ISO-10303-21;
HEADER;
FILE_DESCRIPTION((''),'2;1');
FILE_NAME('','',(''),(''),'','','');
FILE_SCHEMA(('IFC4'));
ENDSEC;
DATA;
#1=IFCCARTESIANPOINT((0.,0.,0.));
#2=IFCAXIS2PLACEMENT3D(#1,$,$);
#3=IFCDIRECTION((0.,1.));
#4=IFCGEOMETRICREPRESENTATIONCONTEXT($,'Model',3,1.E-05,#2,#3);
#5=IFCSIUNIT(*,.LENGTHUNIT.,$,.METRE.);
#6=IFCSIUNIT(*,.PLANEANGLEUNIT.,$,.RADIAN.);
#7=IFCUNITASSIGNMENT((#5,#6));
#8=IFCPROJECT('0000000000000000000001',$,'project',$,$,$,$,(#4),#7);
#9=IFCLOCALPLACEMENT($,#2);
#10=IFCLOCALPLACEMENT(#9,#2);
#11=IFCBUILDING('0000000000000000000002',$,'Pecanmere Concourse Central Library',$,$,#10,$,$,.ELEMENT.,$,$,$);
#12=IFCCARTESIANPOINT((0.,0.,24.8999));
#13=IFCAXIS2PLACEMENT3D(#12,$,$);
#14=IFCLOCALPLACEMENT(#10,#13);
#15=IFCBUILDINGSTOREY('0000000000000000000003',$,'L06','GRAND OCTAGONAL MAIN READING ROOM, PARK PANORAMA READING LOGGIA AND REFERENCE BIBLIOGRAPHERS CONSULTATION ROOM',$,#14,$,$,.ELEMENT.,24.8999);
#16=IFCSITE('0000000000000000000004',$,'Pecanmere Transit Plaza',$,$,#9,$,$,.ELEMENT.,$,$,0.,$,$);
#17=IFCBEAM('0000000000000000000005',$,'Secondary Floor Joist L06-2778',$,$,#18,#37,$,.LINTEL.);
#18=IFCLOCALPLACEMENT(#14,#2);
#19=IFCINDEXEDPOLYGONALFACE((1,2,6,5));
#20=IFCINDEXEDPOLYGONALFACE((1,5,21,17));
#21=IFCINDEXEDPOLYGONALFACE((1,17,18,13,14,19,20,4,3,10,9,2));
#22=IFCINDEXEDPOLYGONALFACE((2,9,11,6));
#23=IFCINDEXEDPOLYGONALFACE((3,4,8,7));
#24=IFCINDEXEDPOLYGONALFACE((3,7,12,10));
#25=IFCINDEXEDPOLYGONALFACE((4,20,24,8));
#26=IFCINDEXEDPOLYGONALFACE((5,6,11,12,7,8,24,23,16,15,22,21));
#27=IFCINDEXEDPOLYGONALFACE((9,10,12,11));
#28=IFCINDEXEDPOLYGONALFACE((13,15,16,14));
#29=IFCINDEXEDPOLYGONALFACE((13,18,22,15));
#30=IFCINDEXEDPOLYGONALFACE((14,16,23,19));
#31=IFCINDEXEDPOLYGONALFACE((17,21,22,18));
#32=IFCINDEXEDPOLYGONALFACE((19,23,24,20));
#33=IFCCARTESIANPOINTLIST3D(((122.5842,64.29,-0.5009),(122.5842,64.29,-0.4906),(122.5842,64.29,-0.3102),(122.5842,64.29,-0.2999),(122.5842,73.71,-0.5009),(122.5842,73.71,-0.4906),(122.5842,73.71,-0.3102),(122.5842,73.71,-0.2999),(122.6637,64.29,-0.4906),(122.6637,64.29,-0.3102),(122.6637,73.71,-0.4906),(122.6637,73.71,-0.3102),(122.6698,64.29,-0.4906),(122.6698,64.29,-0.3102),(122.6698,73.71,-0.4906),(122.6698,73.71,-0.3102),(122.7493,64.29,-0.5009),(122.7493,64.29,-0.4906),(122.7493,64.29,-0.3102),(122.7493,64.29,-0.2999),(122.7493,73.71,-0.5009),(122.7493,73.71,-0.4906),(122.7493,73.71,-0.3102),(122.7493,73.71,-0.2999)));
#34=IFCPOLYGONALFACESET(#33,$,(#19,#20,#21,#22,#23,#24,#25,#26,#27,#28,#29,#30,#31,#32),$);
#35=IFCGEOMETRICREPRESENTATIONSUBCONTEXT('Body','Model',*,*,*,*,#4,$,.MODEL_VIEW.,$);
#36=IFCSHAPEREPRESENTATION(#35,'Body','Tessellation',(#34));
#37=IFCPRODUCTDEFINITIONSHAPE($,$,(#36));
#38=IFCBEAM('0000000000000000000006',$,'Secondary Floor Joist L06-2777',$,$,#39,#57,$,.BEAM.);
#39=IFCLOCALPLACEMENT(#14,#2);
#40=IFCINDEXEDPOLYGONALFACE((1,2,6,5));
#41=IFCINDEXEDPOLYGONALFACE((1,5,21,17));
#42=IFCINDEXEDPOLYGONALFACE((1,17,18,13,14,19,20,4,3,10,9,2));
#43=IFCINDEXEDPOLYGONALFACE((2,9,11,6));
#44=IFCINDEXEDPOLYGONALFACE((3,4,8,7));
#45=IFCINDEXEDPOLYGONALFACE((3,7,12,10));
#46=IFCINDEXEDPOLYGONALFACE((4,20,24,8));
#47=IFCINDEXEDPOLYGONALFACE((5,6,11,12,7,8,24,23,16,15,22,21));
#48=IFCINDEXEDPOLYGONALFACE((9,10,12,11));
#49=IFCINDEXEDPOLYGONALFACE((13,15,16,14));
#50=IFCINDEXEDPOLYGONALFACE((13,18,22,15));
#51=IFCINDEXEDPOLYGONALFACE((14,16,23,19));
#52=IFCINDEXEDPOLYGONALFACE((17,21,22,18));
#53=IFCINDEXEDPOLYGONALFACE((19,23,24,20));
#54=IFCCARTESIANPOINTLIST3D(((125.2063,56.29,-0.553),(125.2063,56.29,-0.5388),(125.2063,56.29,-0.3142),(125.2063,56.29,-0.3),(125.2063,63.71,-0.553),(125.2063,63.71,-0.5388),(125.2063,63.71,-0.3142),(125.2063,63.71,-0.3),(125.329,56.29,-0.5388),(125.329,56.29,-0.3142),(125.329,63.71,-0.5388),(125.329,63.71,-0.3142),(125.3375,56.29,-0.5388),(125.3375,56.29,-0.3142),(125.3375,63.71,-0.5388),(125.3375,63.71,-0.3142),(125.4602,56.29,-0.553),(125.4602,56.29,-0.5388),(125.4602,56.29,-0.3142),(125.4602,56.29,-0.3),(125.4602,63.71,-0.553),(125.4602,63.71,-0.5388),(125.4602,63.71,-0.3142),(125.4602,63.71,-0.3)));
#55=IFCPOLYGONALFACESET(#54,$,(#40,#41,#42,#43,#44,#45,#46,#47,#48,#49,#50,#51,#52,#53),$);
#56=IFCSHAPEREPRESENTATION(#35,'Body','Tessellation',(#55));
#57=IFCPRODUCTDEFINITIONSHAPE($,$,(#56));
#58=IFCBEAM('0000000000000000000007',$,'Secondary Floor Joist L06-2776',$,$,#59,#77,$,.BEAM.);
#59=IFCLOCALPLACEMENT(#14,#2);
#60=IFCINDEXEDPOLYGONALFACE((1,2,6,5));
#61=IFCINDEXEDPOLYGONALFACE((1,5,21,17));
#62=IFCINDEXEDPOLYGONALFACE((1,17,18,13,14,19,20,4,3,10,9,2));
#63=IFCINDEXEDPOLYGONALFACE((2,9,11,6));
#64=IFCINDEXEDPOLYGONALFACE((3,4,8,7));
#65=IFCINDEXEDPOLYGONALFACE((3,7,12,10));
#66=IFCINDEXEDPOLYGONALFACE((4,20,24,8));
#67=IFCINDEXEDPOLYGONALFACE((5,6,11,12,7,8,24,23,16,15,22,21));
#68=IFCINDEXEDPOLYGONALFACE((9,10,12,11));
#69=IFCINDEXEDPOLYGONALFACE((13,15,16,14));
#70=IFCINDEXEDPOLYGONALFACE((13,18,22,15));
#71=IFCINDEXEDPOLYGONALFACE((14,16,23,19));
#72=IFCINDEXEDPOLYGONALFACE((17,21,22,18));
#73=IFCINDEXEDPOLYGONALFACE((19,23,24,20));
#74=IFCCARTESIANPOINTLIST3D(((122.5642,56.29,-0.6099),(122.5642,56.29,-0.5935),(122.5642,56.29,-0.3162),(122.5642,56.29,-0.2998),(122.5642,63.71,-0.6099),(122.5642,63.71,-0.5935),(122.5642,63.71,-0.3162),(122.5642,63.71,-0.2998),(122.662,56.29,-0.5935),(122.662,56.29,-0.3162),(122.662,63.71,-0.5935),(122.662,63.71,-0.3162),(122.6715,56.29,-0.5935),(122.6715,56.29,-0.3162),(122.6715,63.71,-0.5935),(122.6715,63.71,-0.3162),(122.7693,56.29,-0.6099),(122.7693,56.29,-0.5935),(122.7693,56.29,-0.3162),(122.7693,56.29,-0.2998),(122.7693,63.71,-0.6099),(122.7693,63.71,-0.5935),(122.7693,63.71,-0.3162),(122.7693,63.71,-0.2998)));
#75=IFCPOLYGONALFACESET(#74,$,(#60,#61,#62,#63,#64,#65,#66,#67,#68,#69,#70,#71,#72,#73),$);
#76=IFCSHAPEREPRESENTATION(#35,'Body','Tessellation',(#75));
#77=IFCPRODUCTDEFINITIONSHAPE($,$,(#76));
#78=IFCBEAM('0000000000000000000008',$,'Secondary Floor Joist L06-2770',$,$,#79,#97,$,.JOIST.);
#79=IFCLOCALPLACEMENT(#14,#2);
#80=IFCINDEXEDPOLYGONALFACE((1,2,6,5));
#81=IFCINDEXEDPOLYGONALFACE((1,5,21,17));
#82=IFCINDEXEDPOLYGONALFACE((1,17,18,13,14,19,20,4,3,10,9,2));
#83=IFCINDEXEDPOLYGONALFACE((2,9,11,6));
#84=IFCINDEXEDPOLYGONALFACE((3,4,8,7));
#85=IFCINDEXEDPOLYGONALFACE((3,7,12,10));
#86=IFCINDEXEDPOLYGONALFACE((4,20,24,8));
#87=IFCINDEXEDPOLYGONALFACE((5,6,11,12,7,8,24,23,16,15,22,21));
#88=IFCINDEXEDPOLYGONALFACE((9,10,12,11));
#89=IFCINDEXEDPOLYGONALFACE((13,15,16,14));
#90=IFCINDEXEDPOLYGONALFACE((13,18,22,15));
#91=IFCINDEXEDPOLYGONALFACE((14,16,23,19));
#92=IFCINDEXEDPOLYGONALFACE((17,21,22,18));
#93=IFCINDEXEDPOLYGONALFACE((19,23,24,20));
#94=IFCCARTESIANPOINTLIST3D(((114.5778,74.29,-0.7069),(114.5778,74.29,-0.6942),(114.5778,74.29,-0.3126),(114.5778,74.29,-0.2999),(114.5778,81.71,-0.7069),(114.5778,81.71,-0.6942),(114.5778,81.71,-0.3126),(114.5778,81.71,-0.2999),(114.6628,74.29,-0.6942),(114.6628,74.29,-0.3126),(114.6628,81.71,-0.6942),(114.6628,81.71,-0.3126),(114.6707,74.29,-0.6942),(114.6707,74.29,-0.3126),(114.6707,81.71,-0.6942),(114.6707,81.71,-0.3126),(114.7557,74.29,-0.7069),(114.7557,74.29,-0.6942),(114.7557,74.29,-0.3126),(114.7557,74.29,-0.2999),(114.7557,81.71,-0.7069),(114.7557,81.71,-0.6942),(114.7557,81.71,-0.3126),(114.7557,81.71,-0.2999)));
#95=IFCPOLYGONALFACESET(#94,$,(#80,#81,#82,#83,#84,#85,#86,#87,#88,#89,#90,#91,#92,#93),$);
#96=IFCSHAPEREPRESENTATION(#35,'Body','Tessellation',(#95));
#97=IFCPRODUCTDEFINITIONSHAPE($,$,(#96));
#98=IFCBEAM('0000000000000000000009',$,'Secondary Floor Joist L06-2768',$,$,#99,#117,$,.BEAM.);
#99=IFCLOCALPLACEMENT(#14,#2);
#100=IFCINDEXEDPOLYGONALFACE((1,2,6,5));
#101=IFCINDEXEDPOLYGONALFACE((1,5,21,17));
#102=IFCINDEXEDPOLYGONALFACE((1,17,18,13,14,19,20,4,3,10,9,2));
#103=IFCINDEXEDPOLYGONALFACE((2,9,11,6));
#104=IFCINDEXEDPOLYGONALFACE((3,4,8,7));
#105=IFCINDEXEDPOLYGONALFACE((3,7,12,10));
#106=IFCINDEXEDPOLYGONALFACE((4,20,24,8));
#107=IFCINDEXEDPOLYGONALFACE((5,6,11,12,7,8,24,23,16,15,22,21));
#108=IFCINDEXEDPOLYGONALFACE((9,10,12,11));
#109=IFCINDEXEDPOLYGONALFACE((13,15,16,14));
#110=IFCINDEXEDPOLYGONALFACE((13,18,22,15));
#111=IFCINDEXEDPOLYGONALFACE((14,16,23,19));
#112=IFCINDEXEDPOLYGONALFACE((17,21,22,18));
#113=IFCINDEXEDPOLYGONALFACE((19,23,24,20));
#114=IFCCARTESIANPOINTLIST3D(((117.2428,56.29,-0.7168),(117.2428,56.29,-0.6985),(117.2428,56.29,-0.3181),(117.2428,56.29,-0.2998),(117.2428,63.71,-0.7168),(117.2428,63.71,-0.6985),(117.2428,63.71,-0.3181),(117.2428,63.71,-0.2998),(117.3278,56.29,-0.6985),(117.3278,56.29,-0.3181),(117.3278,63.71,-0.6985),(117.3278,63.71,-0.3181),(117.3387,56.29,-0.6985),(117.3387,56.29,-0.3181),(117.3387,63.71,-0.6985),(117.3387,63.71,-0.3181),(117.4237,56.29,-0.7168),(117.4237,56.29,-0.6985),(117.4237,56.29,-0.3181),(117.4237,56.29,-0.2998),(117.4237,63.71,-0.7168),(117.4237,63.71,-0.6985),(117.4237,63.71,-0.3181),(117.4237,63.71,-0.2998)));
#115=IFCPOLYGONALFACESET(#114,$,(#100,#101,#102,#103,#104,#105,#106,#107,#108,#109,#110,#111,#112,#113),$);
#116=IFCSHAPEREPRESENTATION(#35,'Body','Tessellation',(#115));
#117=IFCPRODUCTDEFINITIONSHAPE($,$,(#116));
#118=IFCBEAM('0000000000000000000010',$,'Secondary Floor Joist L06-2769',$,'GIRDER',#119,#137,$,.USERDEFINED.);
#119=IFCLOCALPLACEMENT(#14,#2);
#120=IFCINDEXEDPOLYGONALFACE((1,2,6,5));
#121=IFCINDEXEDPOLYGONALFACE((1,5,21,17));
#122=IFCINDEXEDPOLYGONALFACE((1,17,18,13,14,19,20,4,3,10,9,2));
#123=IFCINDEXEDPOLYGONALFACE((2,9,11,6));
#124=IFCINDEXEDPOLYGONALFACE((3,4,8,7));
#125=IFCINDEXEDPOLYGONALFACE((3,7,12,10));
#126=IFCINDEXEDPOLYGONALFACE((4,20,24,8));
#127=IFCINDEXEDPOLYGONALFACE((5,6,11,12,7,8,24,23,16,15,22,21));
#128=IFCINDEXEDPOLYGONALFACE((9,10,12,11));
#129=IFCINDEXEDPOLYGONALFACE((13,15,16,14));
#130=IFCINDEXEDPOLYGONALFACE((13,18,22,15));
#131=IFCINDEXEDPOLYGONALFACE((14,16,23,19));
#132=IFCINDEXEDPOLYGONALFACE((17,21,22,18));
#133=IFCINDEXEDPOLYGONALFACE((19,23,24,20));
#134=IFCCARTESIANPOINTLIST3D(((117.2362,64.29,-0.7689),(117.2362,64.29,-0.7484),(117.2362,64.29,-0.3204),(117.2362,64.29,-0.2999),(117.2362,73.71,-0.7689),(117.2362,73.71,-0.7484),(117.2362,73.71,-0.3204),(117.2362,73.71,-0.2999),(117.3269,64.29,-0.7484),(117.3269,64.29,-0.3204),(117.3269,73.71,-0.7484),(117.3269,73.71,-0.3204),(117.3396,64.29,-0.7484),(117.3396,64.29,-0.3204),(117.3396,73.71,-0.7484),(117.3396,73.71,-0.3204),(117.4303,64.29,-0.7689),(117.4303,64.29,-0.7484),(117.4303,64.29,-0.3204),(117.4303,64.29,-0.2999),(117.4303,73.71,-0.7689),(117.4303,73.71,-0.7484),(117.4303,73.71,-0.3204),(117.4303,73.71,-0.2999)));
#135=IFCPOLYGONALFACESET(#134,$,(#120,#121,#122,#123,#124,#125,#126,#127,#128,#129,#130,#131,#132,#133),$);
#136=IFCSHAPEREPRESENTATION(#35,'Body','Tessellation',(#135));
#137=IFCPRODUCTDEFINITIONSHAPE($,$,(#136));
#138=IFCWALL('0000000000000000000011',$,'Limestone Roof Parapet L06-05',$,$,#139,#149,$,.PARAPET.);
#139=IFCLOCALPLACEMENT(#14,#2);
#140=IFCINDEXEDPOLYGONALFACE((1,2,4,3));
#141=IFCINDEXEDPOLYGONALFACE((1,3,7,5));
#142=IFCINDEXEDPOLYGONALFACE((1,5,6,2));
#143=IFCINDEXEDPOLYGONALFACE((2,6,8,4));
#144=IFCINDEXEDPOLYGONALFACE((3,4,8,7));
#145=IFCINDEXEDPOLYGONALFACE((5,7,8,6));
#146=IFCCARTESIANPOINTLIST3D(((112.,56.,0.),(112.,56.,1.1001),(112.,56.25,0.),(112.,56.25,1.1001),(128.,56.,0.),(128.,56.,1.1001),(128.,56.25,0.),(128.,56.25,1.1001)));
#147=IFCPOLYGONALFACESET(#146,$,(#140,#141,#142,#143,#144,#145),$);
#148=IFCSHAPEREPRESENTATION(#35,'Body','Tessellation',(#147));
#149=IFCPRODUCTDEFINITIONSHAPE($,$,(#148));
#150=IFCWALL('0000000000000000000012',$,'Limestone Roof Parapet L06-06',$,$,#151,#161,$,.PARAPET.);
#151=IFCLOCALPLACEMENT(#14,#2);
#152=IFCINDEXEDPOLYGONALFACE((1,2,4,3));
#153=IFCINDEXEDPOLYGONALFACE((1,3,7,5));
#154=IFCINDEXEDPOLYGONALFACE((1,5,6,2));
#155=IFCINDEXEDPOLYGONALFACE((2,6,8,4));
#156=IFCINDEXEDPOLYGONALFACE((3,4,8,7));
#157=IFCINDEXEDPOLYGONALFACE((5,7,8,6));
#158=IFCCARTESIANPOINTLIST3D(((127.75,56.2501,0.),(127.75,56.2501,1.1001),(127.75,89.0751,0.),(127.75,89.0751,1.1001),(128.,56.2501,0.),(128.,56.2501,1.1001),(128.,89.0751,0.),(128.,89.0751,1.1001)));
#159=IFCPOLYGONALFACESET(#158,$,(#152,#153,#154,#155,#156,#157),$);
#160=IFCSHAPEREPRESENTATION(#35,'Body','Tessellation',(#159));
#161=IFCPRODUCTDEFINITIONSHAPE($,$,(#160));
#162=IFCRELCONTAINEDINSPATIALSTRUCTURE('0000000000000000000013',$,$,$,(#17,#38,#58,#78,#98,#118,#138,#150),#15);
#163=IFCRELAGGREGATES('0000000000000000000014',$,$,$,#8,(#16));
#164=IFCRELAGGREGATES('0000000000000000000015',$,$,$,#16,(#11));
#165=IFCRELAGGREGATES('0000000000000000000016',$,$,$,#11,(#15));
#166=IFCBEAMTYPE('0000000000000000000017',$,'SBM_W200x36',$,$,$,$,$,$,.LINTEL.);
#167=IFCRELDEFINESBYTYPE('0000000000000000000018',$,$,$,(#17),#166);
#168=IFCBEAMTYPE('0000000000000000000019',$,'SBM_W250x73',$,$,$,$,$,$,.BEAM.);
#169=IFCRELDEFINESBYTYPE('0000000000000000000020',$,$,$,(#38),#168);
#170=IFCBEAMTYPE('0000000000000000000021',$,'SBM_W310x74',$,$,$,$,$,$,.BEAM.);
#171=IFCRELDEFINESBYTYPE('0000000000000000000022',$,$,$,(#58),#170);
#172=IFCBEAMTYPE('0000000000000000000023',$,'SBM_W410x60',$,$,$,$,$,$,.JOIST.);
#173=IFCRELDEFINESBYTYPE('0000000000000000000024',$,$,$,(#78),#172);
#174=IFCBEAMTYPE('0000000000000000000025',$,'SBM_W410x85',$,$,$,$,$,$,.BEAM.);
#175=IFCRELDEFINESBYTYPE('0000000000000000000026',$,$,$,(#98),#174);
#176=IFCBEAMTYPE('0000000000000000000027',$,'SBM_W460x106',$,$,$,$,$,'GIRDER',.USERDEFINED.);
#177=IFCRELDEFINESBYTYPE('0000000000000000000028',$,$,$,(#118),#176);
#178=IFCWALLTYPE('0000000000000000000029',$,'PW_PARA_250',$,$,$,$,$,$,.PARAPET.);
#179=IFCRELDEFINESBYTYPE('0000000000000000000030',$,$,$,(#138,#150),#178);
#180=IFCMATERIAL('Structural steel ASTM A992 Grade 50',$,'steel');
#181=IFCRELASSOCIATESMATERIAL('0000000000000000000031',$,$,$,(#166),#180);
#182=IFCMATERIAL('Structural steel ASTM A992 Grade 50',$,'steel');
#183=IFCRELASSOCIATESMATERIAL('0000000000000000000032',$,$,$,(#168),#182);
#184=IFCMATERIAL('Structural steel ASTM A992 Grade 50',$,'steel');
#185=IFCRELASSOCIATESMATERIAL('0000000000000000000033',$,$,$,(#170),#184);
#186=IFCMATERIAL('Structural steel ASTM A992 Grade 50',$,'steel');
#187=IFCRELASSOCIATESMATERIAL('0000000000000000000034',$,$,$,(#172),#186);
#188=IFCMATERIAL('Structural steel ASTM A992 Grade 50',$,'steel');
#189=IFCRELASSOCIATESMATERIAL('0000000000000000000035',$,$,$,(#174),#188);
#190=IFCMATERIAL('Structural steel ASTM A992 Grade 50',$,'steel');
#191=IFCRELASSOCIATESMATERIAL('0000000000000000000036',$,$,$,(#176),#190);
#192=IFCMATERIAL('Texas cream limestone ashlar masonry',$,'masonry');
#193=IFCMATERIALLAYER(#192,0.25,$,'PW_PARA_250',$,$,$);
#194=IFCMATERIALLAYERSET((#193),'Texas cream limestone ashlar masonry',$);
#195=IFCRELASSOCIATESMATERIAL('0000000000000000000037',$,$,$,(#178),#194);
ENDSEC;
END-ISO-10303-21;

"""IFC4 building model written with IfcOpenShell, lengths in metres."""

from ifc_helpers import new_model, si_unit, direction, frame, frame_2d, origin, origin_2d, place, context, subcontext, project, spatial, rectangle, i_section, extrude, material, layer, layer_set, material_profile, profile_set, type_object, element, save


model = new_model("IFC4")

# Units and contexts
model_context = context("Model", 3, precision=1e-05, world=origin(), true_north=direction((0.0, 1.0)))
body_context = subcontext(model_context, "Body", "Model", "MODEL_VIEW")
ifc_project = project(units=[si_unit("LENGTHUNIT", "METRE"), si_unit("PLANEANGLEUNIT", "RADIAN")], contexts=[model_context])

# Site, building, storey
site_placement = place(None, origin())
site = spatial("IfcSite", under=ifc_project, at=site_placement, Name="Pecanmere Transit Plaza", CompositionType="ELEMENT", RefElevation=0.0)
building_placement = place(site_placement, origin())
building = spatial("IfcBuilding", under=site, at=building_placement, Name="Pecanmere Concourse Central Library", CompositionType="ELEMENT")
storey_placement = place(building_placement, frame((0.0, 0.0, 24.8999)))
storey = spatial("IfcBuildingStorey", under=building, at=storey_placement, Name="L06", Description="GRAND OCTAGONAL MAIN READING ROOM, PARK PANORAMA READING LOGGIA AND REFERENCE BIBLIOGRAPHERS CONSULTATION ROOM", CompositionType="ELEMENT", Elevation=24.8999)

# Beams
ifc_material_1 = material(Name="Structural steel ASTM A992 Grade 50", Category="steel")
ifc_material_profile_1 = material_profile(ifc_material_1, i_section(OverallWidth=0.165, OverallDepth=0.2009, WebThickness=0.0061, FlangeThickness=0.0103, at=origin_2d()), Name="W200x35.9")
ifc_profile_set_1 = profile_set([ifc_material_profile_1], Name="Structural steel ASTM A992 Grade 50")
beam_type_1 = type_object("IfcBeamType", Name="SBM_W200x36", PredefinedType="LINTEL", material=ifc_profile_set_1)
beam_1_placement = place(storey_placement, frame((122.6667, 64.29, -0.4004), z_axis=(0.0, 1.0, 0.0), x_axis=(-1.0, 0.0, 0.0)))
element("IfcBeam", 1, at=beam_1_placement, inside=storey, type_object=beam_type_1, Name="Secondary Floor Joist L06-2778", PredefinedType="LINTEL", context=body_context, shape_type="SweptSolid", body=[
    extrude(i_section(OverallWidth=0.165, OverallDepth=0.2009, WebThickness=0.0061, FlangeThickness=0.0103, at=origin_2d()), origin(), (0.0, 0.0, 1.0), 9.4199),
])
ifc_material_2 = material(Name="Structural steel ASTM A992 Grade 50", Category="steel")
ifc_material_profile_2 = material_profile(ifc_material_2, i_section(OverallWidth=0.2539, OverallDepth=0.2529, WebThickness=0.0085, FlangeThickness=0.0142, at=origin_2d()), Name="W250x73")
ifc_profile_set_2 = profile_set([ifc_material_profile_2], Name="Structural steel ASTM A992 Grade 50")
beam_type_2 = type_object("IfcBeamType", Name="SBM_W250x73", PredefinedType="BEAM", material=ifc_profile_set_2)
beam_2_placement = place(storey_placement, frame((125.3333, 56.29, -0.4265), z_axis=(0.0, 1.0, 0.0), x_axis=(-1.0, 0.0, 0.0)))
element("IfcBeam", 2, at=beam_2_placement, inside=storey, type_object=beam_type_2, Name="Secondary Floor Joist L06-2777", PredefinedType="BEAM", context=body_context, shape_type="SweptSolid", body=[
    extrude(i_section(OverallWidth=0.2539, OverallDepth=0.2529, WebThickness=0.0085, FlangeThickness=0.0142, at=origin_2d()), origin(), (0.0, 0.0, 1.0), 7.4199),
])
ifc_material_3 = material(Name="Structural steel ASTM A992 Grade 50", Category="steel")
ifc_material_profile_3 = material_profile(ifc_material_3, i_section(OverallWidth=0.2051, OverallDepth=0.3101, WebThickness=0.0095, FlangeThickness=0.0164, at=origin_2d()), Name="W310x74")
ifc_profile_set_3 = profile_set([ifc_material_profile_3], Name="Structural steel ASTM A992 Grade 50")
beam_type_3 = type_object("IfcBeamType", Name="SBM_W310x74", PredefinedType="BEAM", material=ifc_profile_set_3)
beam_3_placement = place(storey_placement, frame((122.6667, 56.29, -0.4548), z_axis=(0.0, 1.0, 0.0), x_axis=(-1.0, 0.0, 0.0)))
element("IfcBeam", 3, at=beam_3_placement, inside=storey, type_object=beam_type_3, Name="Secondary Floor Joist L06-2776", PredefinedType="BEAM", context=body_context, shape_type="SweptSolid", body=[
    extrude(i_section(OverallWidth=0.2051, OverallDepth=0.3101, WebThickness=0.0095, FlangeThickness=0.0164, at=origin_2d()), origin(), (0.0, 0.0, 1.0), 7.4199),
])
ifc_material_4 = material(Name="Structural steel ASTM A992 Grade 50", Category="steel")
ifc_material_profile_4 = material_profile(ifc_material_4, i_section(OverallWidth=0.178, OverallDepth=0.407, WebThickness=0.0078, FlangeThickness=0.0127, at=origin_2d()), Name="W410x60")
ifc_profile_set_4 = profile_set([ifc_material_profile_4], Name="Structural steel ASTM A992 Grade 50")
beam_type_4 = type_object("IfcBeamType", Name="SBM_W410x60", PredefinedType="JOIST", material=ifc_profile_set_4)
beam_4_placement = place(storey_placement, frame((114.6667, 74.29, -0.5034), z_axis=(0.0, 1.0, 0.0), x_axis=(-1.0, 0.0, 0.0)))
element("IfcBeam", 4, at=beam_4_placement, inside=storey, type_object=beam_type_4, Name="Secondary Floor Joist L06-2770", PredefinedType="JOIST", context=body_context, shape_type="SweptSolid", body=[
    extrude(i_section(OverallWidth=0.178, OverallDepth=0.407, WebThickness=0.0078, FlangeThickness=0.0127, at=origin_2d()), origin(), (0.0, 0.0, 1.0), 7.4199),
])
ifc_material_5 = material(Name="Structural steel ASTM A992 Grade 50", Category="steel")
ifc_material_profile_5 = material_profile(ifc_material_5, i_section(OverallWidth=0.1809, OverallDepth=0.417, WebThickness=0.011, FlangeThickness=0.0183, at=origin_2d()), Name="W410x85")
ifc_profile_set_5 = profile_set([ifc_material_profile_5], Name="Structural steel ASTM A992 Grade 50")
beam_type_5 = type_object("IfcBeamType", Name="SBM_W410x85", PredefinedType="BEAM", material=ifc_profile_set_5)
beam_5_placement = place(storey_placement, frame((117.3333, 56.29, -0.5083), z_axis=(0.0, 1.0, 0.0), x_axis=(-1.0, 0.0, 0.0)))
element("IfcBeam", 5, at=beam_5_placement, inside=storey, type_object=beam_type_5, Name="Secondary Floor Joist L06-2768", PredefinedType="BEAM", context=body_context, shape_type="SweptSolid", body=[
    extrude(i_section(OverallWidth=0.1809, OverallDepth=0.417, WebThickness=0.011, FlangeThickness=0.0183, at=origin_2d()), origin(), (0.0, 0.0, 1.0), 7.4199),
])
ifc_material_6 = material(Name="Structural steel ASTM A992 Grade 50", Category="steel")
ifc_material_profile_6 = material_profile(ifc_material_6, i_section(OverallWidth=0.1941, OverallDepth=0.469, WebThickness=0.0127, FlangeThickness=0.0205, at=origin_2d()), Name="W460x106")
ifc_profile_set_6 = profile_set([ifc_material_profile_6], Name="Structural steel ASTM A992 Grade 50")
beam_type_6 = type_object("IfcBeamType", Name="SBM_W460x106", ElementType="GIRDER", PredefinedType="USERDEFINED", material=ifc_profile_set_6)
beam_6_placement = place(storey_placement, frame((117.3333, 64.29, -0.5344), z_axis=(0.0, 1.0, 0.0), x_axis=(-1.0, 0.0, 0.0)))
element("IfcBeam", 6, at=beam_6_placement, inside=storey, type_object=beam_type_6, Name="Secondary Floor Joist L06-2769", ObjectType="GIRDER", PredefinedType="USERDEFINED", context=body_context, shape_type="SweptSolid", body=[
    extrude(i_section(OverallWidth=0.1941, OverallDepth=0.469, WebThickness=0.0127, FlangeThickness=0.0205, at=origin_2d()), origin(), (0.0, 0.0, 1.0), 9.4199),
])

# Walls
ifc_material_7 = material(Name="Texas cream limestone ashlar masonry", Category="masonry")
ifc_layer = layer(ifc_material_7, 0.25, Name="PW_PARA_250")
ifc_layer_set = layer_set([ifc_layer], Name="Texas cream limestone ashlar masonry")
wall_type = type_object("IfcWallType", Name="PW_PARA_250", PredefinedType="PARAPET", material=ifc_layer_set)
wall_1_placement = place(storey_placement, frame((112.0, 56.125, 0.0), z_axis=(0.0, 0.0, 1.0), x_axis=(1.0, 0.0, 0.0)))
element("IfcWall", 7, at=wall_1_placement, inside=storey, type_object=wall_type, Name="Limestone Roof Parapet L06-05", PredefinedType="PARAPET", context=body_context, shape_type="SweptSolid", body=[
    extrude(rectangle(XDim=16.0, YDim=0.25, at=frame_2d((8.0, 0.0))), origin(), (0.0, 0.0, 1.0), 1.1001),
])
wall_2_placement = place(storey_placement, frame((127.875, 56.25, 0.0), z_axis=(0.0, 0.0, 1.0), x_axis=(0.0, 1.0, 0.0)))
element("IfcWall", 8, at=wall_2_placement, inside=storey, type_object=wall_type, Name="Limestone Roof Parapet L06-06", PredefinedType="PARAPET", context=body_context, shape_type="SweptSolid", body=[
    extrude(rectangle(XDim=32.825, YDim=0.25, at=frame_2d((16.4126, 0.0))), origin(), (0.0, 0.0, 1.0), 1.1001),
])

save(model, "model.ifc")
